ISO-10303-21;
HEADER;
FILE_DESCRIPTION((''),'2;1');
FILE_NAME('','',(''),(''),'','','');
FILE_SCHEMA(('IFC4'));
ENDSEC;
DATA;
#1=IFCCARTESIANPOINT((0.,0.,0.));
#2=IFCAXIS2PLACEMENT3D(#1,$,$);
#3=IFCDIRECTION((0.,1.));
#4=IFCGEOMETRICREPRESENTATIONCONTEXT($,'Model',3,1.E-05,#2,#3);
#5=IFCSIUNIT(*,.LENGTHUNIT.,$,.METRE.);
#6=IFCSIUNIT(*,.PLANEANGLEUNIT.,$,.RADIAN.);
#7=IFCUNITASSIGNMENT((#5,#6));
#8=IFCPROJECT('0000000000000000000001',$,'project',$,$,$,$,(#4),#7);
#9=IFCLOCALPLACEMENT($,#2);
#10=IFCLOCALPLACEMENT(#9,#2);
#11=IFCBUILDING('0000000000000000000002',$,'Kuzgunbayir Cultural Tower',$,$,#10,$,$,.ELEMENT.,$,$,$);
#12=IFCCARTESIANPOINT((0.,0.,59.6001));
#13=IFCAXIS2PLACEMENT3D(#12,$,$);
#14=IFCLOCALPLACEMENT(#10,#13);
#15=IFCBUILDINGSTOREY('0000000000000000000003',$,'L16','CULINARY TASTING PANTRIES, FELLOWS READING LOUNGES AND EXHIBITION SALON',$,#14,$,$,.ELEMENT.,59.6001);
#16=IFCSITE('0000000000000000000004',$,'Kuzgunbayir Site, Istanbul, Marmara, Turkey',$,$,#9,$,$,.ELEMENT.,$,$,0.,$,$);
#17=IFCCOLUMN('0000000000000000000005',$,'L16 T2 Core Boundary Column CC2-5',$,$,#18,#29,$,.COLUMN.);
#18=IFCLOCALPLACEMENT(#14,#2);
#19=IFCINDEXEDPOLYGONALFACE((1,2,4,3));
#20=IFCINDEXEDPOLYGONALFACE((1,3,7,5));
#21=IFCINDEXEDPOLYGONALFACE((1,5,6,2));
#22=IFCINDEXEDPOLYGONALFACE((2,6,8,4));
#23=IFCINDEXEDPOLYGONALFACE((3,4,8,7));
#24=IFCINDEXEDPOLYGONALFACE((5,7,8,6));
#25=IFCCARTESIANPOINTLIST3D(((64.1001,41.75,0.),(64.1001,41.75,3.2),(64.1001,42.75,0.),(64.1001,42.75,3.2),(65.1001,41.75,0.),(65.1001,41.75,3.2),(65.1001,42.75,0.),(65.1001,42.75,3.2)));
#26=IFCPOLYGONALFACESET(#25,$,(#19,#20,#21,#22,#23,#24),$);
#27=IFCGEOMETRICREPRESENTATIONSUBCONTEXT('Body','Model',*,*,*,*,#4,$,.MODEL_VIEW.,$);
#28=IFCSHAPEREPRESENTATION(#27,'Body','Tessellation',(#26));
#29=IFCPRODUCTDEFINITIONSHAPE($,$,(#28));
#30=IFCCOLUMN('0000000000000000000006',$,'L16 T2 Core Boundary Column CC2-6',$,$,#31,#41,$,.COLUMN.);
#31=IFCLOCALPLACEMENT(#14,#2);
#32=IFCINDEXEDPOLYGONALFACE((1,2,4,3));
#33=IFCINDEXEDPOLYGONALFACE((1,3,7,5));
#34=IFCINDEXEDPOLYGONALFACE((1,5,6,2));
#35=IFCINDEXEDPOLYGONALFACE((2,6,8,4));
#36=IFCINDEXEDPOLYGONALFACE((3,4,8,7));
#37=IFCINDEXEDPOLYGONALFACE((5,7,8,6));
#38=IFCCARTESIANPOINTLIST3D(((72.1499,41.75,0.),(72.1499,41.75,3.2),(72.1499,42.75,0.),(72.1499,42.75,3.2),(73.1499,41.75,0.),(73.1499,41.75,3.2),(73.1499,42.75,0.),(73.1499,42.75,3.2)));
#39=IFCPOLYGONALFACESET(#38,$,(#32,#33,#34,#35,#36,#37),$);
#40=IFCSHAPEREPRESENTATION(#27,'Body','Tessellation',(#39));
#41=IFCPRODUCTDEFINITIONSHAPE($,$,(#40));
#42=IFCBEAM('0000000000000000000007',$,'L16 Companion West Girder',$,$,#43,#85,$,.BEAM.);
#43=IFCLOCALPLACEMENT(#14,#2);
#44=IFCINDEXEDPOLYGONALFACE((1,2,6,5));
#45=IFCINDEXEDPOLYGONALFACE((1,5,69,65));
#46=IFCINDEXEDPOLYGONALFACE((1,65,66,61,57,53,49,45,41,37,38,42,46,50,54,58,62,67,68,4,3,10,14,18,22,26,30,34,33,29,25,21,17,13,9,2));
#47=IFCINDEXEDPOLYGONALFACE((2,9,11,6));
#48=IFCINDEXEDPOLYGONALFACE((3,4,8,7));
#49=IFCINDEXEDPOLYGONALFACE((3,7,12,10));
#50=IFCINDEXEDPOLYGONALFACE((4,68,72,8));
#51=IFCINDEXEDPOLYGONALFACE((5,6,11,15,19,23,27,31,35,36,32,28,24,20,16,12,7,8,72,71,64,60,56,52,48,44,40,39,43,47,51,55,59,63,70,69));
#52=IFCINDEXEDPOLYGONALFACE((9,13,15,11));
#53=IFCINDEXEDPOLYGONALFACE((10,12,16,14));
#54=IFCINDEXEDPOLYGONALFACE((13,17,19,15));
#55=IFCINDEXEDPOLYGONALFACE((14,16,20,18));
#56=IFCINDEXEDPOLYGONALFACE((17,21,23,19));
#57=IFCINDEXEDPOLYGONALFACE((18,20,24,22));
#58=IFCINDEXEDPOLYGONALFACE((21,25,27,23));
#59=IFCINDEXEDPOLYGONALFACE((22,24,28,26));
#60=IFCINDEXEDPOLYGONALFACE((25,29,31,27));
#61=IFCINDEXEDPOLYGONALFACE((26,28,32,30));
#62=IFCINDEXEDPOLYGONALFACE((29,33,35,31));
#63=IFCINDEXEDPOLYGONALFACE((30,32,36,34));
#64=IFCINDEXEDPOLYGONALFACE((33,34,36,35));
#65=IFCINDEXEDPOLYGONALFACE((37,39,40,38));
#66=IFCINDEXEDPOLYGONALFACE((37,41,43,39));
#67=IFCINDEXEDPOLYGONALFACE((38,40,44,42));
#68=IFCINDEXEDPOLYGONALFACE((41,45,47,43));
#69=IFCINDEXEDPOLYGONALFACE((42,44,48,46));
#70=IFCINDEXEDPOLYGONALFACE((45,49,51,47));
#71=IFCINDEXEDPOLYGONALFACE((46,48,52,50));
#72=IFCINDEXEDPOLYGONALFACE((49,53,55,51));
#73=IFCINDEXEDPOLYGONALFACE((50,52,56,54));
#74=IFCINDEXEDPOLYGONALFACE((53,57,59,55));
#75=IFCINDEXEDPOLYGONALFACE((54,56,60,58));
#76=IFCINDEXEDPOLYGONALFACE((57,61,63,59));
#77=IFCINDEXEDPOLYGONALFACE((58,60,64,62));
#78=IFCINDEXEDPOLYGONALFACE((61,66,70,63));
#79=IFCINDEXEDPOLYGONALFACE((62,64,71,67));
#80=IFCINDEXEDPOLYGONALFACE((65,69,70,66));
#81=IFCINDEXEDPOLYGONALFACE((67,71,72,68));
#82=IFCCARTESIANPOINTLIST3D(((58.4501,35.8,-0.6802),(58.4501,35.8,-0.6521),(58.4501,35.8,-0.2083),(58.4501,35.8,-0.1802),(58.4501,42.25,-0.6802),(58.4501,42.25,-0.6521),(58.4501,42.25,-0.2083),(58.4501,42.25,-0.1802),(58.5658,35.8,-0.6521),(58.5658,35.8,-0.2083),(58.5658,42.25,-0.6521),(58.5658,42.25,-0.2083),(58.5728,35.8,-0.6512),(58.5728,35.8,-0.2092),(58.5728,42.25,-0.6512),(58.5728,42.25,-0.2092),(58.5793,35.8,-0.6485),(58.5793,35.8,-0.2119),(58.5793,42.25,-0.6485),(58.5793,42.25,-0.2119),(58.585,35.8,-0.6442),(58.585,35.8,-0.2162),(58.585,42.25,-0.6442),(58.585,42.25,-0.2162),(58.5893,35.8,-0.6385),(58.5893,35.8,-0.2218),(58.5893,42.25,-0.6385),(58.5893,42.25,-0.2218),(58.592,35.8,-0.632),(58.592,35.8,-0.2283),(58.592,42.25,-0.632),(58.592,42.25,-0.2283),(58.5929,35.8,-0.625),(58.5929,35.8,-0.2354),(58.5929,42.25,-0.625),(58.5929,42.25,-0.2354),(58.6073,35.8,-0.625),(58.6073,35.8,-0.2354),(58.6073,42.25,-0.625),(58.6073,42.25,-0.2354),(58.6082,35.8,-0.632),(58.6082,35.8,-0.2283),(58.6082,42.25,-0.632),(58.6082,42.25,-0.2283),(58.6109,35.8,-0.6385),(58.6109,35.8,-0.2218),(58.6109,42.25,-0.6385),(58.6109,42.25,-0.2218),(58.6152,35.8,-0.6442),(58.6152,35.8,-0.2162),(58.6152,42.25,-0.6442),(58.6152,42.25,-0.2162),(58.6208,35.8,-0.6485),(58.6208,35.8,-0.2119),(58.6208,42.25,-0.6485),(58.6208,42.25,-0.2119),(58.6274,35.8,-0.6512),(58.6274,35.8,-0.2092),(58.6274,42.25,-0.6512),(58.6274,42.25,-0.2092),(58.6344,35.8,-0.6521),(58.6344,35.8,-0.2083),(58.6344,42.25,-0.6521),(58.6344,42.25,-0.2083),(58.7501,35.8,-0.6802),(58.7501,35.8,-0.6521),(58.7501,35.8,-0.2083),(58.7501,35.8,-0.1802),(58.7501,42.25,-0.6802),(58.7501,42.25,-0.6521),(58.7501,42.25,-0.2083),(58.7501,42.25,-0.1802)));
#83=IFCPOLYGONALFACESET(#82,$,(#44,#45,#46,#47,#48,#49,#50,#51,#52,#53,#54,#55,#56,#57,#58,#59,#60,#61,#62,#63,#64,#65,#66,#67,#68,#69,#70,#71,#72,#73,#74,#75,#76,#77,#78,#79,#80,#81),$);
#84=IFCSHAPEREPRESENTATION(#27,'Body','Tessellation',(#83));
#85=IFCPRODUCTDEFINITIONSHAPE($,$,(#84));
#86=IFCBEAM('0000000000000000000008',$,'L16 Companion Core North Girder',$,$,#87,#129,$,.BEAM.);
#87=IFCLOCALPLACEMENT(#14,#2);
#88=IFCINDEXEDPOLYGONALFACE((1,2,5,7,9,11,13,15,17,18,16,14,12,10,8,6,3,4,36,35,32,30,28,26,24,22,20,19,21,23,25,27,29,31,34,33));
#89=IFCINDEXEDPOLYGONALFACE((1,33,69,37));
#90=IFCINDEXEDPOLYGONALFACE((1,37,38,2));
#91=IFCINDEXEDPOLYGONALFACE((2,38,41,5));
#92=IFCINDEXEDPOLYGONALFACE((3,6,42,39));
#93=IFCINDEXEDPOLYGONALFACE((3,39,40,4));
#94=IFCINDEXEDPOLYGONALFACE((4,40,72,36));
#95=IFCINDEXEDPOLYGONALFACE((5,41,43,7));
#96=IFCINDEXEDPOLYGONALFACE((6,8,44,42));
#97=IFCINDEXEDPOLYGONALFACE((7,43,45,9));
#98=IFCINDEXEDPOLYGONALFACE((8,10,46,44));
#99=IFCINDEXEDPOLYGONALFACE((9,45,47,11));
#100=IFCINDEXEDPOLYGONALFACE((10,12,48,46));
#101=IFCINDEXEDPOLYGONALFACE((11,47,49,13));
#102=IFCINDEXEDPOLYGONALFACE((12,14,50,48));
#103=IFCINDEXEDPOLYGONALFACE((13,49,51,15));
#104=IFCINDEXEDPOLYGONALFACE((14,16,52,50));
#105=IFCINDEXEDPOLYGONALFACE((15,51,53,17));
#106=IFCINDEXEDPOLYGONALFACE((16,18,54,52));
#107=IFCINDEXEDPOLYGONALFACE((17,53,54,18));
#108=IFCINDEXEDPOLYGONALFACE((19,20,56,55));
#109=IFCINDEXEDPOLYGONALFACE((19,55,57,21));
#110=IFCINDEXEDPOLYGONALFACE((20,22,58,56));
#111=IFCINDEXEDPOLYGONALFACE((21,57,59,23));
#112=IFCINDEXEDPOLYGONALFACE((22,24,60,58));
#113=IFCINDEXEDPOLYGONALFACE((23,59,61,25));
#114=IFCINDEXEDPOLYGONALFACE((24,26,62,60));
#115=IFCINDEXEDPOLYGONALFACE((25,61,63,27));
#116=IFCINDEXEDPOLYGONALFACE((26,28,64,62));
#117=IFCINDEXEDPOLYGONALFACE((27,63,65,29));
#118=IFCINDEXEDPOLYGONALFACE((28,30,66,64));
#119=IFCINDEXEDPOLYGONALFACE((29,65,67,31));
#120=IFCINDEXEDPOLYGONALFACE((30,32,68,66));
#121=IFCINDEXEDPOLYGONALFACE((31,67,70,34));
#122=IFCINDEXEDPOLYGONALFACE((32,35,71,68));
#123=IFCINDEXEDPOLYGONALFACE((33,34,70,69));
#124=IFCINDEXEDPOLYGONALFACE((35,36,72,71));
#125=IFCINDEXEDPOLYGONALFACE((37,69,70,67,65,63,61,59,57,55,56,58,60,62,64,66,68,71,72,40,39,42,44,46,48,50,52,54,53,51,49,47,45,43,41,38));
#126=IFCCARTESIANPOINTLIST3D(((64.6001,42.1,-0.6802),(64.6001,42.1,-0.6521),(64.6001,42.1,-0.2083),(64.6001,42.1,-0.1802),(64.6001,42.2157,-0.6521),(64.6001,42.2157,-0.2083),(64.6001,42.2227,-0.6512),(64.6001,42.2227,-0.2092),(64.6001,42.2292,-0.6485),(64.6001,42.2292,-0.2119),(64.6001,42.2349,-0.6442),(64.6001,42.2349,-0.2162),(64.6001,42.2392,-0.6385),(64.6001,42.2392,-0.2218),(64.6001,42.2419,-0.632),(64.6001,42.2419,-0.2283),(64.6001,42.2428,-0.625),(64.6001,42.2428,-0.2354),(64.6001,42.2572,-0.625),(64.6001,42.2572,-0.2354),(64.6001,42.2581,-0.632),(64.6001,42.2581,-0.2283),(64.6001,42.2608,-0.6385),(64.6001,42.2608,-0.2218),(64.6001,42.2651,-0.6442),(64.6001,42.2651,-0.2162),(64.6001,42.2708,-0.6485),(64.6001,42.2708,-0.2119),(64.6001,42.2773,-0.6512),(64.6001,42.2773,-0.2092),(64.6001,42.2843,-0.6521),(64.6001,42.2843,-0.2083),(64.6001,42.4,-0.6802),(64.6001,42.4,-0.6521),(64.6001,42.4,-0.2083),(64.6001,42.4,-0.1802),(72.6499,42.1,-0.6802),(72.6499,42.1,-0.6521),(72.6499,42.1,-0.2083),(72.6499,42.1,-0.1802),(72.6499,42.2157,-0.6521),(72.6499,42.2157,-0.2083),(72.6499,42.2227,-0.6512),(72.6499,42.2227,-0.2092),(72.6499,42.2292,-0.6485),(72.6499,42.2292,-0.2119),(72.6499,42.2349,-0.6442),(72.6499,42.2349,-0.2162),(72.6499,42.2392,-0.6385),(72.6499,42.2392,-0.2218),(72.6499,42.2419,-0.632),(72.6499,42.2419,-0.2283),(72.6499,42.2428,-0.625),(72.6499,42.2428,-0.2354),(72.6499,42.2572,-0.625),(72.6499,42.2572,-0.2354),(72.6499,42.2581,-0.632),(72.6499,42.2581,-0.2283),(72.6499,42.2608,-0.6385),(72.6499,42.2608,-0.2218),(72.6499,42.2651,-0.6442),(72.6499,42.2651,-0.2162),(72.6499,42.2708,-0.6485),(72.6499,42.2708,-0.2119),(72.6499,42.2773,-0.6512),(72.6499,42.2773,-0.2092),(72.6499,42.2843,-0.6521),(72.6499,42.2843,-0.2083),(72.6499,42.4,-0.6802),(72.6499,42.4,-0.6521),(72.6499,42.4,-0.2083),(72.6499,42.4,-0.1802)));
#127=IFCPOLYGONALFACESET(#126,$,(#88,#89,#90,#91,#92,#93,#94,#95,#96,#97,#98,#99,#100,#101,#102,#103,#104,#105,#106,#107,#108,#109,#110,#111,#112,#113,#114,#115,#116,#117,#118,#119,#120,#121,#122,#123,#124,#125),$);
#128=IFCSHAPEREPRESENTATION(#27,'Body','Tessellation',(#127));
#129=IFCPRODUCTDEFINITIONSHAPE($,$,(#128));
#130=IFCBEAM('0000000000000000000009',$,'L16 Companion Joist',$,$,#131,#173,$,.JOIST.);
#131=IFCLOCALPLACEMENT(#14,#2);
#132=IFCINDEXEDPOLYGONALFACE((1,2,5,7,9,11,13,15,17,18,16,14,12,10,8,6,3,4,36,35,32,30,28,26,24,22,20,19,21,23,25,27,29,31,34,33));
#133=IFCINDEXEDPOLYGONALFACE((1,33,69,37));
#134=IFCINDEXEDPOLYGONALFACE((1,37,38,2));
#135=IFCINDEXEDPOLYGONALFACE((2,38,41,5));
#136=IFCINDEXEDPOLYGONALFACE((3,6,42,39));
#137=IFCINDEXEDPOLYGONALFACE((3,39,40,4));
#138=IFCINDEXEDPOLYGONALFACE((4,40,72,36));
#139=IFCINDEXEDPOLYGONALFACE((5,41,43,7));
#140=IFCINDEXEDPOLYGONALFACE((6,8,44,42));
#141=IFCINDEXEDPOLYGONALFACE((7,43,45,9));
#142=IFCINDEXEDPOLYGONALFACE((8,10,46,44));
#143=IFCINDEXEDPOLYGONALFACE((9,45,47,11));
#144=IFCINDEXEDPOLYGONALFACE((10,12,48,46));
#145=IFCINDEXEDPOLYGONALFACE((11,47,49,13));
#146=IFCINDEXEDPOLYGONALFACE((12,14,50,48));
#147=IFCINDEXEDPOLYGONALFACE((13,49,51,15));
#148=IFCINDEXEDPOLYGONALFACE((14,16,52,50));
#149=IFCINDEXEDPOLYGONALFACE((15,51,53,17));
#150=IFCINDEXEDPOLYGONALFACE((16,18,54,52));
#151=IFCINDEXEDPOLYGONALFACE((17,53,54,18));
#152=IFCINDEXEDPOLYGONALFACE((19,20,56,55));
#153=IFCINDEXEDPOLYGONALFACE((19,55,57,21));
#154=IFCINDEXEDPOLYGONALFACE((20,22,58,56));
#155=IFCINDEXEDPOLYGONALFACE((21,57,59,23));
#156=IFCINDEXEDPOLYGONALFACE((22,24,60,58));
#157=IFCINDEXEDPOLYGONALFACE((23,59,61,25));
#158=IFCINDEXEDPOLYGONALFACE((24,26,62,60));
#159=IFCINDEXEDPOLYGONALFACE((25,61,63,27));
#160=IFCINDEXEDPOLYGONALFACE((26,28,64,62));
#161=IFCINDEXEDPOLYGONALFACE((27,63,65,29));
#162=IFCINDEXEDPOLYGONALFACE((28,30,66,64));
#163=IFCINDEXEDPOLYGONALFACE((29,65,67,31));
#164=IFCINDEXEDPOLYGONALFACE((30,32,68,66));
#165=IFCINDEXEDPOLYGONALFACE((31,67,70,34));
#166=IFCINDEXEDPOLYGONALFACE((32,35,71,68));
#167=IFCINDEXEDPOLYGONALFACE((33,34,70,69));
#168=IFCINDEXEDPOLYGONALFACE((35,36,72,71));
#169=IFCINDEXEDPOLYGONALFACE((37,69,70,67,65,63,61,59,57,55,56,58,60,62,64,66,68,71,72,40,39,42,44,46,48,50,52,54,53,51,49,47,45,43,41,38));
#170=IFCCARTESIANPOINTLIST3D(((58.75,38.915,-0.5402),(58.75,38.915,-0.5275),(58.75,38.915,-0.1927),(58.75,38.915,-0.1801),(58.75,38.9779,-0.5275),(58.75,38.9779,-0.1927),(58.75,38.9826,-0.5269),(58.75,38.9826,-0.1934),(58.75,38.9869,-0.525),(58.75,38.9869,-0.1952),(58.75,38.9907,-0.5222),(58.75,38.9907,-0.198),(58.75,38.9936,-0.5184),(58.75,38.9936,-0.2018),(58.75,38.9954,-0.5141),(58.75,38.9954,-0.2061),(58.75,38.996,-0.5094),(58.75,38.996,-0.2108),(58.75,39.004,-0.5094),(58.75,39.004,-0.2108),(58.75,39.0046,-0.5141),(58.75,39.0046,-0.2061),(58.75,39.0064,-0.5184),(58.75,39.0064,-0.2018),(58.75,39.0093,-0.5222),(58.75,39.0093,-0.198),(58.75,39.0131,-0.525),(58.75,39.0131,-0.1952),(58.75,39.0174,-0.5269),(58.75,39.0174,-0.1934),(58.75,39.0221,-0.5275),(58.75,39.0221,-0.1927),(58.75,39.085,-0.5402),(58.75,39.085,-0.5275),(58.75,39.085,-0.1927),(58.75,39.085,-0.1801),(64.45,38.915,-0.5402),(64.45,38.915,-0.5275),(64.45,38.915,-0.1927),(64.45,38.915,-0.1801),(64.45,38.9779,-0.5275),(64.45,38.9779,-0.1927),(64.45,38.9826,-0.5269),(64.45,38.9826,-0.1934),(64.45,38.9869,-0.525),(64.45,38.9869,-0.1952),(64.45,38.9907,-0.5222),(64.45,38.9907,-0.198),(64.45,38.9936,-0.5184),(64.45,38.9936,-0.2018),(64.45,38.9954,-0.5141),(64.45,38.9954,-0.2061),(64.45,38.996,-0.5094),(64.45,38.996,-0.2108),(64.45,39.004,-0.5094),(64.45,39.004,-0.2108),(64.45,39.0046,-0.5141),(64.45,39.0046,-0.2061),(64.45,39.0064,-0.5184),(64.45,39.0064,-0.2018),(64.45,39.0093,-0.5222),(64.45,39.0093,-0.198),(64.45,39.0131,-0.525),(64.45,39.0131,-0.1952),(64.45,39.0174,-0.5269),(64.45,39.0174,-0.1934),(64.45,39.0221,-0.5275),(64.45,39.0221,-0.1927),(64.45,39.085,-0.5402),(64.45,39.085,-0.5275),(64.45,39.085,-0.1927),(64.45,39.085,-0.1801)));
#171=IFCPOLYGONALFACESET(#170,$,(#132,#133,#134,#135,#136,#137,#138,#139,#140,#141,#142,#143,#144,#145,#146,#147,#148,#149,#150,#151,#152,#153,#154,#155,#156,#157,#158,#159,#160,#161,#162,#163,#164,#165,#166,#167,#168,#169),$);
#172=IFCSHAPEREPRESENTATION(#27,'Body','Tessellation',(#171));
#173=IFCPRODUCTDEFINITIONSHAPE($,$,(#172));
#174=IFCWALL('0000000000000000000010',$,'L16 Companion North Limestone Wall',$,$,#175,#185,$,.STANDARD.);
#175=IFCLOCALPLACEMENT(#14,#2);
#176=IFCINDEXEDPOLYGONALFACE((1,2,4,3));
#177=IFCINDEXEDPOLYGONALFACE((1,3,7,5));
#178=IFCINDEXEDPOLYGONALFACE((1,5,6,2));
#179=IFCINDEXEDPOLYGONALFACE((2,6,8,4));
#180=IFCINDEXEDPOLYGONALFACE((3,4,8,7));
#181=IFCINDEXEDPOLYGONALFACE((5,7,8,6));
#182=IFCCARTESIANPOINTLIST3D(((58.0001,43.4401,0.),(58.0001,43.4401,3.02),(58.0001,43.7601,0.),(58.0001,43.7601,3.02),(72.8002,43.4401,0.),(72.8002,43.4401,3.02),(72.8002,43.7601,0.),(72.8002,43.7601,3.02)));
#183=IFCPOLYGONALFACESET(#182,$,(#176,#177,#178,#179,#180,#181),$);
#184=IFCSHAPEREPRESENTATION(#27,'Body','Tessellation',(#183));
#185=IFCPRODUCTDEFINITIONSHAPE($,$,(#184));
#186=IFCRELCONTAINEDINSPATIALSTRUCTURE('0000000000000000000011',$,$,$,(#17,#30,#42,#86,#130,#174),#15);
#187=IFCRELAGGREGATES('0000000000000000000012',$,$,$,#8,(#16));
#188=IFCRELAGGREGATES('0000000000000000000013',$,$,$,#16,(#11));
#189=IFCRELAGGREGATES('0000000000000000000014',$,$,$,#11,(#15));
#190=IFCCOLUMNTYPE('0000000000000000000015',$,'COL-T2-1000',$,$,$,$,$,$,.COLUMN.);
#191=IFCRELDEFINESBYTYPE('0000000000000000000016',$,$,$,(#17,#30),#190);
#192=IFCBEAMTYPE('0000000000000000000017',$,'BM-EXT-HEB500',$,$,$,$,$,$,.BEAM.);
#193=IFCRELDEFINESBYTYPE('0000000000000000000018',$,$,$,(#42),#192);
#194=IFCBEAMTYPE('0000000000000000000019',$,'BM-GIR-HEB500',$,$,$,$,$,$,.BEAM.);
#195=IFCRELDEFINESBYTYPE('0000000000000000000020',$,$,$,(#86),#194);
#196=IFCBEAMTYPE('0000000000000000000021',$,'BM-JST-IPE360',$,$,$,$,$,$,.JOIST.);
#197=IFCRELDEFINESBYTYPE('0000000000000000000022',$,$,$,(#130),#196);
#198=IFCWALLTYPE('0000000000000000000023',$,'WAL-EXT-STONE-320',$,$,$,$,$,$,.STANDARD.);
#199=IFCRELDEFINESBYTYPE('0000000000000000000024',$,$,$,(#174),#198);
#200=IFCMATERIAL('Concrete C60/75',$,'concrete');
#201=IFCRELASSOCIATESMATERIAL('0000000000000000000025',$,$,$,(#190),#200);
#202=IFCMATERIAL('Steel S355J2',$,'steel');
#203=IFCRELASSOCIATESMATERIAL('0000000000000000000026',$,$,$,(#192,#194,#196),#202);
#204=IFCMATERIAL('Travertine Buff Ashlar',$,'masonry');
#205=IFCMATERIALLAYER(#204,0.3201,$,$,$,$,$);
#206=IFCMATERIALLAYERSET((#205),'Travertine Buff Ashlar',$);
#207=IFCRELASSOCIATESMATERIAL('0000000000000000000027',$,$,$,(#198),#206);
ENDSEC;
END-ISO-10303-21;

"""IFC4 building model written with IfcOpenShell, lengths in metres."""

from ifc_helpers import new_model, si_unit, direction, frame, frame_2d, origin, origin_2d, place, context, subcontext, project, spatial, rectangle, i_section, extrude, material, layer, layer_set, material_profile, profile_set, type_object, element, save


model = new_model("IFC4")

# Units and contexts
model_context = context("Model", 3, precision=1e-05, world=origin(), true_north=direction((0.0, 1.0)))
body_context = subcontext(model_context, "Body", "Model", "MODEL_VIEW")
ifc_project = project(units=[si_unit("LENGTHUNIT", "METRE"), si_unit("PLANEANGLEUNIT", "RADIAN")], contexts=[model_context])

# Site, building, storey
site_placement = place(None, origin())
site = spatial("IfcSite", under=ifc_project, at=site_placement, Name="Kuzgunbayir Site, Istanbul, Marmara, Turkey", CompositionType="ELEMENT", RefElevation=0.0)
building_placement = place(site_placement, origin())
building = spatial("IfcBuilding", under=site, at=building_placement, Name="Kuzgunbayir Cultural Tower", CompositionType="ELEMENT")
storey_placement = place(building_placement, frame((0.0, 0.0, 59.6001)))
storey = spatial("IfcBuildingStorey", under=building, at=storey_placement, Name="L16", Description="CULINARY TASTING PANTRIES, FELLOWS READING LOUNGES AND EXHIBITION SALON", CompositionType="ELEMENT", Elevation=59.6001)

# Columns
ifc_material_1 = material(Name="Concrete C60/75", Category="concrete")
ifc_material_profile_1 = material_profile(ifc_material_1, rectangle(XDim=1.0, YDim=1.0, at=origin_2d()), Name="RC 1000x1000")
ifc_profile_set_1 = profile_set([ifc_material_profile_1], Name="Concrete C60/75")
column_type = type_object("IfcColumnType", Name="COL-T2-1000", PredefinedType="COLUMN", material=ifc_profile_set_1)
for number, where, z_axis, x_axis, name in (
    (1, (64.6001, 42.25, 0.0), (0.0, 0.0, 1.0), (1.0, 0.0, 0.0), "L16 T2 Core Boundary Column CC2-5"),
    (2, (72.6499, 42.25, 0.0), (0.0, 0.0, 1.0), (1.0, 0.0, 0.0), "L16 T2 Core Boundary Column CC2-6"),
):
    element("IfcColumn", number, at=place(storey_placement, frame(where, z_axis=z_axis, x_axis=x_axis)), inside=storey, type_object=column_type, Name=name, PredefinedType="COLUMN", context=body_context, shape_type="SweptSolid", body=[
        extrude(rectangle(XDim=1.0, YDim=1.0, at=origin_2d()), origin(), (0.0, 0.0, 1.0), 3.2),
    ])

# Beams
ifc_material_2 = material(Name="Steel S355J2", Category="steel")
ifc_material_profile_2 = material_profile(ifc_material_2, i_section(OverallWidth=0.3, OverallDepth=0.5, WebThickness=0.0144, FlangeThickness=0.0281, FilletRadius=0.0271, at=origin_2d()), Name="HEB 500")
ifc_profile_set_2 = profile_set([ifc_material_profile_2], Name="Steel S355J2")
beam_type_1 = type_object("IfcBeamType", Name="BM-EXT-HEB500", PredefinedType="BEAM", material=ifc_profile_set_2)
beam_1_placement = place(storey_placement, frame((58.6001, 35.8, -0.4302), z_axis=(0.0, 1.0, 0.0), x_axis=(-1.0, 0.0, 0.0)))
element("IfcBeam", 3, at=beam_1_placement, inside=storey, type_object=beam_type_1, Name="L16 Companion West Girder", PredefinedType="BEAM", context=body_context, shape_type="SweptSolid", body=[
    extrude(i_section(OverallWidth=0.3, OverallDepth=0.5, WebThickness=0.0144, FlangeThickness=0.0281, FilletRadius=0.0271, at=origin_2d()), origin(), (0.0, 0.0, 1.0), 6.45),
])
ifc_material_profile_3 = material_profile(ifc_material_2, i_section(OverallWidth=0.3, OverallDepth=0.5, WebThickness=0.0144, FlangeThickness=0.0281, FilletRadius=0.0271, at=origin_2d()), Name="HEB 500")
ifc_profile_set_3 = profile_set([ifc_material_profile_3], Name="Steel S355J2")
beam_type_2 = type_object("IfcBeamType", Name="BM-GIR-HEB500", PredefinedType="BEAM", material=ifc_profile_set_3)
beam_2_placement = place(storey_placement, frame((64.6001, 42.25, -0.4302), z_axis=(1.0, 0.0, 0.0), x_axis=(0.0, 1.0, 0.0)))
element("IfcBeam", 4, at=beam_2_placement, inside=storey, type_object=beam_type_2, Name="L16 Companion Core North Girder", PredefinedType="BEAM", context=body_context, shape_type="SweptSolid", body=[
    extrude(i_section(OverallWidth=0.3, OverallDepth=0.5, WebThickness=0.0144, FlangeThickness=0.0281, FilletRadius=0.0271, at=origin_2d()), origin(), (0.0, 0.0, 1.0), 8.0498),
])
ifc_material_profile_4 = material_profile(ifc_material_2, i_section(OverallWidth=0.1699, OverallDepth=0.3601, WebThickness=0.0081, FlangeThickness=0.0127, FilletRadius=0.0181, at=origin_2d()), Name="IPE 360")
ifc_profile_set_4 = profile_set([ifc_material_profile_4], Name="Steel S355J2")
beam_type_3 = type_object("IfcBeamType", Name="BM-JST-IPE360", PredefinedType="JOIST", material=ifc_profile_set_4)
beam_3_placement = place(storey_placement, frame((58.75, 39.0, -0.3601), z_axis=(1.0, 0.0, 0.0), x_axis=(0.0, 1.0, 0.0)))
element("IfcBeam", 5, at=beam_3_placement, inside=storey, type_object=beam_type_3, Name="L16 Companion Joist", PredefinedType="JOIST", context=body_context, shape_type="SweptSolid", body=[
    extrude(i_section(OverallWidth=0.1699, OverallDepth=0.3601, WebThickness=0.0081, FlangeThickness=0.0127, FilletRadius=0.0181, at=origin_2d()), origin(), (0.0, 0.0, 1.0), 5.7),
])

# Wall
ifc_material_3 = material(Name="Travertine Buff Ashlar", Category="masonry")
ifc_layer_1 = layer(ifc_material_3, 0.3201)
ifc_layer_set_1 = layer_set([ifc_layer_1], Name="Travertine Buff Ashlar")
wall_type_1 = type_object("IfcWallType", Name="WAL-EXT-STONE-320", PredefinedType="STANDARD", material=ifc_layer_set_1)
wall_1_placement = place(storey_placement, frame((72.8, 43.6001, 0.0), z_axis=(0.0, 0.0, 1.0), x_axis=(-1.0, 0.0, 0.0)))
element("IfcWall", 6, at=wall_1_placement, inside=storey, type_object=wall_type_1, Name="L16 Companion North Limestone Wall", PredefinedType="STANDARD", context=body_context, shape_type="SweptSolid", body=[
    extrude(rectangle(XDim=14.8, YDim=0.3201, at=frame_2d((7.3999, 0.0))), origin(), (0.0, 0.0, 1.0), 3.02),
])

save(model, "model.ifc")
